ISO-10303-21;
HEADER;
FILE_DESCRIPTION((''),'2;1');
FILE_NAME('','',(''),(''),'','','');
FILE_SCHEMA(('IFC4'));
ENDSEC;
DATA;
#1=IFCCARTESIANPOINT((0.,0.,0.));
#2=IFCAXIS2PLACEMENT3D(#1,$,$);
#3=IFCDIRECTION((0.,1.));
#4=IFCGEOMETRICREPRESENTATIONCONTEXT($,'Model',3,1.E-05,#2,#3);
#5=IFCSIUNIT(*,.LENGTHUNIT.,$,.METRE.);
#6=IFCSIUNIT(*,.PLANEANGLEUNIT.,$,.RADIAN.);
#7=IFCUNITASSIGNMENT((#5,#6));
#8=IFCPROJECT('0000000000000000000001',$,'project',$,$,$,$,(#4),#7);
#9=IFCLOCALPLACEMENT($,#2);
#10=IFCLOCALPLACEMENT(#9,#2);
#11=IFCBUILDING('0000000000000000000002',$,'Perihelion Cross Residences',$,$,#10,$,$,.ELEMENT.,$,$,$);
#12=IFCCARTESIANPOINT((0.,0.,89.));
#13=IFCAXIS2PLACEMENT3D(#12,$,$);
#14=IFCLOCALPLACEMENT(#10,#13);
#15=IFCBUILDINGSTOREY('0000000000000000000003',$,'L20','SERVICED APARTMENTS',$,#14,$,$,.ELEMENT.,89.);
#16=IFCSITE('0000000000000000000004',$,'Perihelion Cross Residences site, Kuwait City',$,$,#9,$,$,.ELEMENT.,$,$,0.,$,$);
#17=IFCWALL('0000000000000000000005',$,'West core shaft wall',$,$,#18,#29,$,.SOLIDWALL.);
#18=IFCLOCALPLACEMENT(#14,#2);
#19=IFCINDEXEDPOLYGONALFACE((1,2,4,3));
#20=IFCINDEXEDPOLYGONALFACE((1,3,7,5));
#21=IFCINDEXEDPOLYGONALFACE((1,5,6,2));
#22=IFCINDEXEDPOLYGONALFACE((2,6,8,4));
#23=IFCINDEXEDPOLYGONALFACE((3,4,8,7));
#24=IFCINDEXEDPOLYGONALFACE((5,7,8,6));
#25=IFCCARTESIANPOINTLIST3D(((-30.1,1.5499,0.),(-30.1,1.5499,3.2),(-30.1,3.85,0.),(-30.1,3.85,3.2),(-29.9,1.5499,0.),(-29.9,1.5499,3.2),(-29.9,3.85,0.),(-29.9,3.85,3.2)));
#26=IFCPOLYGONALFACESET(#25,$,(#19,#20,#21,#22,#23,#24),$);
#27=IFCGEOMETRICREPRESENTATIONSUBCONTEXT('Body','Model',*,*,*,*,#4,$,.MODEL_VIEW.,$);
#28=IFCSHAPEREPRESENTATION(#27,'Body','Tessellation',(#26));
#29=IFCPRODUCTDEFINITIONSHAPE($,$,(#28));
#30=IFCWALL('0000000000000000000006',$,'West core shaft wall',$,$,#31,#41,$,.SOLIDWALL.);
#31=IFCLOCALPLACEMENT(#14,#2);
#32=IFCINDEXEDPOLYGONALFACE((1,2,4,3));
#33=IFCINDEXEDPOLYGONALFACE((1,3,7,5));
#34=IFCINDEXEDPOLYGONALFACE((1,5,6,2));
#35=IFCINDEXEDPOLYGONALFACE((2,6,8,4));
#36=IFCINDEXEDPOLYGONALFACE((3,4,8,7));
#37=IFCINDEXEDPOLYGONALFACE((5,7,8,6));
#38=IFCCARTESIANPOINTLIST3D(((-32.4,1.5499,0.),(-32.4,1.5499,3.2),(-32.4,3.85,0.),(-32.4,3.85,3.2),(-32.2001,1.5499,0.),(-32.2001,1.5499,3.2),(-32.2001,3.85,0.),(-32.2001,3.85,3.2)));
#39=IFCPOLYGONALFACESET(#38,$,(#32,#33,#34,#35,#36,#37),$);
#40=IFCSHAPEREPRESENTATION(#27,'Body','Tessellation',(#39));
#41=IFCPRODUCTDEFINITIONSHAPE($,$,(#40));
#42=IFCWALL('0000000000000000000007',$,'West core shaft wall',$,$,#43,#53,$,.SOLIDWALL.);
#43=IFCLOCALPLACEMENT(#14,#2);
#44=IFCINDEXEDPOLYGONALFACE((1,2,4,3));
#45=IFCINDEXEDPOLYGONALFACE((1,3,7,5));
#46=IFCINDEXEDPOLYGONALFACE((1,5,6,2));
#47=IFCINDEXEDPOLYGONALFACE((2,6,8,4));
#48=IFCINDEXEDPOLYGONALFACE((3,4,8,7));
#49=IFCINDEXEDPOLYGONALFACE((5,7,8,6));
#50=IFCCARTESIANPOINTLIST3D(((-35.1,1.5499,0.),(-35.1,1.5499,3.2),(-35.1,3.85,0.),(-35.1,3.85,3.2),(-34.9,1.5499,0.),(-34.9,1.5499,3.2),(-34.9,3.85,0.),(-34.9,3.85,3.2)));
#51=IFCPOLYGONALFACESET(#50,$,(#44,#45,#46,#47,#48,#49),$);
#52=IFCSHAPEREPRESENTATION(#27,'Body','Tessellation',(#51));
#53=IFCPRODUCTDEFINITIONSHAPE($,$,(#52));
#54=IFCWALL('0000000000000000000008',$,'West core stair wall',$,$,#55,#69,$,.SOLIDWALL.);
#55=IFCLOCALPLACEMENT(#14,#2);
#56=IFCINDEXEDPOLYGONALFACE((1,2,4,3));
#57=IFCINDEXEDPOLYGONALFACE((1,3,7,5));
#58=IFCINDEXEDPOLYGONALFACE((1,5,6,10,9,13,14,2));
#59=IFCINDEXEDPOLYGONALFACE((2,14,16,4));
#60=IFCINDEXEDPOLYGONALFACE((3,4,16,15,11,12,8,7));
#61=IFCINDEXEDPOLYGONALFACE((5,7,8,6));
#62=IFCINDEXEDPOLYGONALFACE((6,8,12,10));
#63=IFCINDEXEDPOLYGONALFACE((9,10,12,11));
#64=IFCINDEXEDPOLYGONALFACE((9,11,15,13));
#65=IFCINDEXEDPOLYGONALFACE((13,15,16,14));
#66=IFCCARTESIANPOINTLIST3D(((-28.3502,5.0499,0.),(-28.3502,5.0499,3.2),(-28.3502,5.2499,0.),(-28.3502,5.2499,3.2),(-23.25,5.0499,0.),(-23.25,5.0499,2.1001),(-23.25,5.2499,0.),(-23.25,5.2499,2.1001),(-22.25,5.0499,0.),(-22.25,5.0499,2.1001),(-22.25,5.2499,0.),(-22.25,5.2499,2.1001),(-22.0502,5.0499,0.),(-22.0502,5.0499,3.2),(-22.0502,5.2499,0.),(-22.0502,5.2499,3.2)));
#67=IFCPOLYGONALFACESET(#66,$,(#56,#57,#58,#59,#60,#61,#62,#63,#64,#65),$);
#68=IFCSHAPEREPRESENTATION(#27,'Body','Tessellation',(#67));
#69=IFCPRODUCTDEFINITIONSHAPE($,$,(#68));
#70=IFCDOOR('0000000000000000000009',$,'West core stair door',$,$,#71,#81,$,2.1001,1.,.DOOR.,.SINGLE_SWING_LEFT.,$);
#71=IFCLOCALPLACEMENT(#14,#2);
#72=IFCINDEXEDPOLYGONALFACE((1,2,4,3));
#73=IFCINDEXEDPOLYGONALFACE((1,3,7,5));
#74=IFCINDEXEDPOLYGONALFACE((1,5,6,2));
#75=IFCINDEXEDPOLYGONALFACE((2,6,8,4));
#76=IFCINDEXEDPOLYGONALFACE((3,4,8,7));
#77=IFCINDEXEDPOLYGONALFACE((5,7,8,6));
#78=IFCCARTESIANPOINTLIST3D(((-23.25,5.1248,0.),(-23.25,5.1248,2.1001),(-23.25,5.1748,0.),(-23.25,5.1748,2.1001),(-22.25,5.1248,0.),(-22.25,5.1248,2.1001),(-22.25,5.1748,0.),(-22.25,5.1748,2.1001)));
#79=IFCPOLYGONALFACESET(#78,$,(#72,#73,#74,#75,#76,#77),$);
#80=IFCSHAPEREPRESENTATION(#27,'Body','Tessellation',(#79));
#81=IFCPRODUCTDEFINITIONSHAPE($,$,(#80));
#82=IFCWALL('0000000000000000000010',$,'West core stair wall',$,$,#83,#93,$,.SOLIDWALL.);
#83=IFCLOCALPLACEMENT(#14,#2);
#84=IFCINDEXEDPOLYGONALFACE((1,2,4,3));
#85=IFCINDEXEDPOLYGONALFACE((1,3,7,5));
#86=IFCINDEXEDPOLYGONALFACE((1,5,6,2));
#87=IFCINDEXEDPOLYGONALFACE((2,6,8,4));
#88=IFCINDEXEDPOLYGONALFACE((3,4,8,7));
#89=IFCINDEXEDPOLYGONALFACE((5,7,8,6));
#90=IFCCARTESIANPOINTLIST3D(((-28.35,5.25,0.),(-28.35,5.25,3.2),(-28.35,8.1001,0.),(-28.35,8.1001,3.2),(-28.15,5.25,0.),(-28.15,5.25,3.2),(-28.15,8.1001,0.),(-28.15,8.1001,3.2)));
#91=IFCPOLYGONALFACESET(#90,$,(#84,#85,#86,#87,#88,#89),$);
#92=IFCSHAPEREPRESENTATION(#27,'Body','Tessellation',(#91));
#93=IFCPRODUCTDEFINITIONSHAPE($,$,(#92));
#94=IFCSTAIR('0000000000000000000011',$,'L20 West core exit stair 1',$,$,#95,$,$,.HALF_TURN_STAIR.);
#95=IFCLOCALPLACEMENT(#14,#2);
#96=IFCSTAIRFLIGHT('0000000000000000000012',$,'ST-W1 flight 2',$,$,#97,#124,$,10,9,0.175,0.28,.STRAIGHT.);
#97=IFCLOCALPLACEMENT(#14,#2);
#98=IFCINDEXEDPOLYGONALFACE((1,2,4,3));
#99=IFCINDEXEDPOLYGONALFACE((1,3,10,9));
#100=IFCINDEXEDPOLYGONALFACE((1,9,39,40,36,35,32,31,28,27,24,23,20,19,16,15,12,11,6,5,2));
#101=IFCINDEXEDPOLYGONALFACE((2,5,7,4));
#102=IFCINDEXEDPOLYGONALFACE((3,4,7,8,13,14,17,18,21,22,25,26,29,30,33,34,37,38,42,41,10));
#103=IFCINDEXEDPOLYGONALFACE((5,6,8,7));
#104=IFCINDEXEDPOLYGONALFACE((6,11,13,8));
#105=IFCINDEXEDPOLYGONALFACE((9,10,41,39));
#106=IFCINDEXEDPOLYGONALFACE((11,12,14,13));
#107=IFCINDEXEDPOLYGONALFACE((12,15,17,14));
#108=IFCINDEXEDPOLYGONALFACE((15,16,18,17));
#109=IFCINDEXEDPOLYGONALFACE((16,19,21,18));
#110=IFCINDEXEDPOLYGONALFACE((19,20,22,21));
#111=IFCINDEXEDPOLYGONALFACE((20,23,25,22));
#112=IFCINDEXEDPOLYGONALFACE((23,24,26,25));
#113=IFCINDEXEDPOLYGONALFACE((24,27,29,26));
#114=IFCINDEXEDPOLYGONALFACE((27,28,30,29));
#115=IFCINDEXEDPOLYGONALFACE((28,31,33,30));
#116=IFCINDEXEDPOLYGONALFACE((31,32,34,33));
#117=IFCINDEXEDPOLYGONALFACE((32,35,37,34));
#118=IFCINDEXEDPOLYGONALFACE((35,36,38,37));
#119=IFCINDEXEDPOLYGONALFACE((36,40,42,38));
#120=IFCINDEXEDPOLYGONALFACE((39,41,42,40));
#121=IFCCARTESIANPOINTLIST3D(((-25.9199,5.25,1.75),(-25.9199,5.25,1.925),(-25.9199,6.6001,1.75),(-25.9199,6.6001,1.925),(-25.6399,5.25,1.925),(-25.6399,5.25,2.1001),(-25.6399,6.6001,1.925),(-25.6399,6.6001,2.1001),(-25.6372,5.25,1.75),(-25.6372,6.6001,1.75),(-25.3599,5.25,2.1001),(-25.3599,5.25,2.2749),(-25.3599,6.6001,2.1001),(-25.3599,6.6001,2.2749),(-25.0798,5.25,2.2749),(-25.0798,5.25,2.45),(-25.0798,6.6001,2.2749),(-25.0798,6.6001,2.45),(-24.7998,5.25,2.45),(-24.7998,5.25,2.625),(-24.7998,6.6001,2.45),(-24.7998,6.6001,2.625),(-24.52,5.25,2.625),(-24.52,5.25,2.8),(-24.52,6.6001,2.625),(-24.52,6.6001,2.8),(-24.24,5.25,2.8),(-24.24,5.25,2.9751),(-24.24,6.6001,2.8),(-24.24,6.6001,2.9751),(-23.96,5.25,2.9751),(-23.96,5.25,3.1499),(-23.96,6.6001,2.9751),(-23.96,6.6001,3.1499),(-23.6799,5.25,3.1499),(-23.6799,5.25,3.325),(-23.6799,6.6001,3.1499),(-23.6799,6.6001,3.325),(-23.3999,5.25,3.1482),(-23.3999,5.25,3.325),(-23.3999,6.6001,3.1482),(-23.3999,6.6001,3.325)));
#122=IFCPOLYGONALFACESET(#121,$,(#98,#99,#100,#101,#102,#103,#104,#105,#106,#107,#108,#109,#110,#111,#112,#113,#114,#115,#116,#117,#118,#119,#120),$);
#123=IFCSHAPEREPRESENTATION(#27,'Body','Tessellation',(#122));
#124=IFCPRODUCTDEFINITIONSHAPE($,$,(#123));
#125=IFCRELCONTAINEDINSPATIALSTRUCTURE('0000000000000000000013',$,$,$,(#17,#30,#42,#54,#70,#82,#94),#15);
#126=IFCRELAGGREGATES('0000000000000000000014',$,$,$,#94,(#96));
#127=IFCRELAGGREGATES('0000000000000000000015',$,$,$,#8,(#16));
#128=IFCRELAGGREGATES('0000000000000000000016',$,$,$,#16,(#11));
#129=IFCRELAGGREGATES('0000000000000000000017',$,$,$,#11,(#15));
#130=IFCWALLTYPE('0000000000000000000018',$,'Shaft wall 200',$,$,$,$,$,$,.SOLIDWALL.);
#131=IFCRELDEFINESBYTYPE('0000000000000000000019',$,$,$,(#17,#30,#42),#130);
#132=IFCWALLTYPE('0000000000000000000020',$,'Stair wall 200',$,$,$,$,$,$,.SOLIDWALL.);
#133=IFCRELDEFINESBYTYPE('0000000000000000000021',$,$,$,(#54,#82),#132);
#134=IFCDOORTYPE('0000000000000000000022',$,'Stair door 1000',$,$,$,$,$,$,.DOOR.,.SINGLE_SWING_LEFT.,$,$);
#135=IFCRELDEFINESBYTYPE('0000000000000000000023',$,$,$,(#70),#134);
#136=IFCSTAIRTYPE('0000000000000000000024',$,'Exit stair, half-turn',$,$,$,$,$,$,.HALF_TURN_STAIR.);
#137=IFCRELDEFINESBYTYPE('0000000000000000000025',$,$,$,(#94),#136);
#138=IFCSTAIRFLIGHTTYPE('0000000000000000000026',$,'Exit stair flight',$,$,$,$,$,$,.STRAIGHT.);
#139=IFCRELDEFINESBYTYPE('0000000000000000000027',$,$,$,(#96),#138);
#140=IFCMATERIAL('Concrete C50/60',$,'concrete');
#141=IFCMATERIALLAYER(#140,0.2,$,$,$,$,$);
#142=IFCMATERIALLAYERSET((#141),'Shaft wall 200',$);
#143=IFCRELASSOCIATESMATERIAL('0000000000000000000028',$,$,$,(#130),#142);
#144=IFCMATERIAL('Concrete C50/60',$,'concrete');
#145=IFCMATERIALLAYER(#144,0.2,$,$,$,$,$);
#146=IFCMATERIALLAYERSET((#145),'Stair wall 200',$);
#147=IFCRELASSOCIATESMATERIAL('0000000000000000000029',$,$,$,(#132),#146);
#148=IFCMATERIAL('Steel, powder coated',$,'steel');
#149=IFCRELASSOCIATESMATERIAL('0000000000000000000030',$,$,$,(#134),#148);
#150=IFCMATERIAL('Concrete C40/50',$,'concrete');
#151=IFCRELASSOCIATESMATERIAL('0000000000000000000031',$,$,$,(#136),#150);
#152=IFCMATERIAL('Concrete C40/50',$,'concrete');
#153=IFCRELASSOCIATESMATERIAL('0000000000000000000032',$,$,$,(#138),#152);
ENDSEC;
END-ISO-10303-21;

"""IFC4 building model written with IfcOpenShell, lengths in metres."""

from ifc_helpers import new_model, si_unit, direction, frame, frame_2d, origin, place, context, subcontext, project, spatial, polyline, rectangle, outline, extrude, material, layer, layer_set, type_object, element, fill, aggregate, save


model = new_model("IFC4")

# Units and contexts
model_context = context("Model", 3, precision=1e-05, world=origin(), true_north=direction((0.0, 1.0)))
body_context = subcontext(model_context, "Body", "Model", "MODEL_VIEW")
ifc_project = project(units=[si_unit("LENGTHUNIT", "METRE"), si_unit("PLANEANGLEUNIT", "RADIAN")], contexts=[model_context])

# Site, building, storey
site_placement = place(None, origin())
site = spatial("IfcSite", under=ifc_project, at=site_placement, Name="Perihelion Cross Residences site, Kuwait City", CompositionType="ELEMENT", RefElevation=0.0)
building_placement = place(site_placement, origin())
building = spatial("IfcBuilding", under=site, at=building_placement, Name="Perihelion Cross Residences", CompositionType="ELEMENT")
storey_placement = place(building_placement, frame((0.0, 0.0, 89.0)))
storey = spatial("IfcBuildingStorey", under=building, at=storey_placement, Name="L20", Description="SERVICED APARTMENTS", CompositionType="ELEMENT", Elevation=89.0)

# Shared definitions
ifc_material_1 = material(Name="Concrete C50/60", Category="concrete")
ifc_layer_1 = layer(ifc_material_1, 0.2)
ifc_layer_set_1 = layer_set([ifc_layer_1], Name="Shaft wall 200")
wall_type_1 = type_object("IfcWallType", Name="Shaft wall 200", PredefinedType="SOLIDWALL", material=ifc_layer_set_1)

# Walls
for number, where, z_axis, x_axis, name in (
    (1, (-30.0, 1.55, 0.0), (0.0, 0.0, 1.0), (0.0, 1.0, 0.0), "West core shaft wall"),
    (2, (-32.3, 1.55, 0.0), (0.0, 0.0, 1.0), (0.0, 1.0, 0.0), "West core shaft wall"),
    (3, (-35.0, 1.55, 0.0), (0.0, 0.0, 1.0), (0.0, 1.0, 0.0), "West core shaft wall"),
):
    element("IfcWall", number, at=place(storey_placement, frame(where, z_axis=z_axis, x_axis=x_axis)), inside=storey, type_object=wall_type_1, Name=name, PredefinedType="SOLIDWALL", context=body_context, shape_type="SweptSolid", body=[
        extrude(rectangle(XDim=2.3, YDim=0.2, at=frame_2d((1.1499, 0.0))), origin(), (0.0, 0.0, 1.0), 3.2),
    ])

# Wall, opening, door
ifc_material_2 = material(Name="Concrete C50/60", Category="concrete")
ifc_layer_2 = layer(ifc_material_2, 0.2)
ifc_layer_set_2 = layer_set([ifc_layer_2], Name="Stair wall 200")
wall_type_2 = type_object("IfcWallType", Name="Stair wall 200", PredefinedType="SOLIDWALL", material=ifc_layer_set_2)
wall_1_placement = place(storey_placement, frame((-28.3501, 5.1499, 0.0), z_axis=(0.0, 0.0, 1.0), x_axis=(1.0, 0.0, 0.0)))
wall_1 = element("IfcWall", 4, at=wall_1_placement, inside=storey, type_object=wall_type_2, Name="West core stair wall", PredefinedType="SOLIDWALL", context=body_context, shape_type="SweptSolid", body=[
    extrude(rectangle(XDim=6.3, YDim=0.2, at=frame_2d((3.1499, 0.0))), origin(), (0.0, 0.0, 1.0), 3.2),
])
opening_1_placement = place(wall_1_placement, frame((5.1001, 0.0, 0.0)))
opening_1 = element("IfcOpeningElement", 5, at=opening_1_placement, cuts=wall_1, PredefinedType="OPENING", context=body_context, shape_type="SweptSolid", body=[
    extrude(rectangle(XDim=1.0, YDim=2.1001, at=frame_2d((0.5, 1.05))), frame((0.0, 0.1099, 0.0), z_axis=(0.0, -1.0, 0.0), x_axis=(1.0, 0.0, 0.0)), (0.0, 0.0, 1.0), 0.22),
])
ifc_material_3 = material(Name="Steel, powder coated", Category="steel")
door_type_1 = type_object("IfcDoorType", Name="Stair door 1000", OperationType="SINGLE_SWING_LEFT", PredefinedType="DOOR", material=ifc_material_3)
door_1_placement = place(opening_1_placement, origin())
door_1 = element("IfcDoor", 6, at=door_1_placement, inside=storey, type_object=door_type_1, Name="West core stair door", OperationType="SINGLE_SWING_LEFT", OverallHeight=2.1001, OverallWidth=1.0, PredefinedType="DOOR", context=body_context, shape_type="SweptSolid", body=[
    extrude(rectangle(XDim=1.0, YDim=2.1001, at=frame_2d((0.5, 1.05))), frame((0.0, 0.0249, 0.0), z_axis=(0.0, -1.0, 0.0), x_axis=(1.0, 0.0, 0.0)), (0.0, 0.0, 1.0), 0.05),
])
fill(opening_1, door_1)

# Wall
wall_2_placement = place(storey_placement, frame((-28.25, 5.25, 0.0), z_axis=(0.0, 0.0, 1.0), x_axis=(0.0, 1.0, 0.0)))
element("IfcWall", 7, at=wall_2_placement, inside=storey, type_object=wall_type_2, Name="West core stair wall", PredefinedType="SOLIDWALL", context=body_context, shape_type="SweptSolid", body=[
    extrude(rectangle(XDim=2.8501, YDim=0.2, at=frame_2d((1.425, 0.0))), origin(), (0.0, 0.0, 1.0), 3.2),
])

# Stair, stair flight
ifc_material_4 = material(Name="Concrete C40/50", Category="concrete")
stair_type = type_object("IfcStairType", Name="Exit stair, half-turn", PredefinedType="HALF_TURN_STAIR", material=ifc_material_4)
stair_placement = place(storey_placement, origin())
stair = element("IfcStair", 8, at=stair_placement, inside=storey, type_object=stair_type, Name="L20 West core exit stair 1", PredefinedType="HALF_TURN_STAIR")
ifc_material_5 = material(Name="Concrete C40/50", Category="concrete")
stair_flight_type = type_object("IfcStairFlightType", Name="Exit stair flight", PredefinedType="STRAIGHT", material=ifc_material_5)
stair_flight_placement = place(storey_placement, frame((-25.9199, 5.925, 1.75), z_axis=(0.0, 0.0, 1.0), x_axis=(1.0, 0.0, 0.0)))
stair_flight = element("IfcStairFlight", 9, at=stair_flight_placement, type_object=stair_flight_type, Name="ST-W1 flight 2", NumberOfRisers=10, NumberOfTreads=9, PredefinedType="STRAIGHT", RiserHeight=0.175, TreadLength=0.28, context=body_context, shape_type="SweptSolid", body=[
    extrude(outline(polyline([(0.0, 0.0), (0.0, 0.175), (0.28, 0.175), (0.28, 0.3501), (0.5601, 0.3501), (0.5601, 0.5249), (0.8401, 0.5249), (0.8401, 0.7), (1.1201, 0.7), (1.1201, 0.875), (1.3999, 0.875), (1.3999, 1.05), (1.6799, 1.05), (1.6799, 1.2251), (1.96, 1.2251), (1.96, 1.3999), (2.24, 1.3999), (2.24, 1.575), (2.52, 1.575), (2.52, 1.75), (2.52, 1.3982), (0.2827, 0.0), (0.0, 0.0)])), frame((0.0, 0.675, 0.0), z_axis=(0.0, -1.0, 0.0), x_axis=(1.0, 0.0, 0.0)), (0.0, 0.0, 1.0), 1.3501),
])
aggregate(stair, [stair_flight])

save(model, "model.ifc")
